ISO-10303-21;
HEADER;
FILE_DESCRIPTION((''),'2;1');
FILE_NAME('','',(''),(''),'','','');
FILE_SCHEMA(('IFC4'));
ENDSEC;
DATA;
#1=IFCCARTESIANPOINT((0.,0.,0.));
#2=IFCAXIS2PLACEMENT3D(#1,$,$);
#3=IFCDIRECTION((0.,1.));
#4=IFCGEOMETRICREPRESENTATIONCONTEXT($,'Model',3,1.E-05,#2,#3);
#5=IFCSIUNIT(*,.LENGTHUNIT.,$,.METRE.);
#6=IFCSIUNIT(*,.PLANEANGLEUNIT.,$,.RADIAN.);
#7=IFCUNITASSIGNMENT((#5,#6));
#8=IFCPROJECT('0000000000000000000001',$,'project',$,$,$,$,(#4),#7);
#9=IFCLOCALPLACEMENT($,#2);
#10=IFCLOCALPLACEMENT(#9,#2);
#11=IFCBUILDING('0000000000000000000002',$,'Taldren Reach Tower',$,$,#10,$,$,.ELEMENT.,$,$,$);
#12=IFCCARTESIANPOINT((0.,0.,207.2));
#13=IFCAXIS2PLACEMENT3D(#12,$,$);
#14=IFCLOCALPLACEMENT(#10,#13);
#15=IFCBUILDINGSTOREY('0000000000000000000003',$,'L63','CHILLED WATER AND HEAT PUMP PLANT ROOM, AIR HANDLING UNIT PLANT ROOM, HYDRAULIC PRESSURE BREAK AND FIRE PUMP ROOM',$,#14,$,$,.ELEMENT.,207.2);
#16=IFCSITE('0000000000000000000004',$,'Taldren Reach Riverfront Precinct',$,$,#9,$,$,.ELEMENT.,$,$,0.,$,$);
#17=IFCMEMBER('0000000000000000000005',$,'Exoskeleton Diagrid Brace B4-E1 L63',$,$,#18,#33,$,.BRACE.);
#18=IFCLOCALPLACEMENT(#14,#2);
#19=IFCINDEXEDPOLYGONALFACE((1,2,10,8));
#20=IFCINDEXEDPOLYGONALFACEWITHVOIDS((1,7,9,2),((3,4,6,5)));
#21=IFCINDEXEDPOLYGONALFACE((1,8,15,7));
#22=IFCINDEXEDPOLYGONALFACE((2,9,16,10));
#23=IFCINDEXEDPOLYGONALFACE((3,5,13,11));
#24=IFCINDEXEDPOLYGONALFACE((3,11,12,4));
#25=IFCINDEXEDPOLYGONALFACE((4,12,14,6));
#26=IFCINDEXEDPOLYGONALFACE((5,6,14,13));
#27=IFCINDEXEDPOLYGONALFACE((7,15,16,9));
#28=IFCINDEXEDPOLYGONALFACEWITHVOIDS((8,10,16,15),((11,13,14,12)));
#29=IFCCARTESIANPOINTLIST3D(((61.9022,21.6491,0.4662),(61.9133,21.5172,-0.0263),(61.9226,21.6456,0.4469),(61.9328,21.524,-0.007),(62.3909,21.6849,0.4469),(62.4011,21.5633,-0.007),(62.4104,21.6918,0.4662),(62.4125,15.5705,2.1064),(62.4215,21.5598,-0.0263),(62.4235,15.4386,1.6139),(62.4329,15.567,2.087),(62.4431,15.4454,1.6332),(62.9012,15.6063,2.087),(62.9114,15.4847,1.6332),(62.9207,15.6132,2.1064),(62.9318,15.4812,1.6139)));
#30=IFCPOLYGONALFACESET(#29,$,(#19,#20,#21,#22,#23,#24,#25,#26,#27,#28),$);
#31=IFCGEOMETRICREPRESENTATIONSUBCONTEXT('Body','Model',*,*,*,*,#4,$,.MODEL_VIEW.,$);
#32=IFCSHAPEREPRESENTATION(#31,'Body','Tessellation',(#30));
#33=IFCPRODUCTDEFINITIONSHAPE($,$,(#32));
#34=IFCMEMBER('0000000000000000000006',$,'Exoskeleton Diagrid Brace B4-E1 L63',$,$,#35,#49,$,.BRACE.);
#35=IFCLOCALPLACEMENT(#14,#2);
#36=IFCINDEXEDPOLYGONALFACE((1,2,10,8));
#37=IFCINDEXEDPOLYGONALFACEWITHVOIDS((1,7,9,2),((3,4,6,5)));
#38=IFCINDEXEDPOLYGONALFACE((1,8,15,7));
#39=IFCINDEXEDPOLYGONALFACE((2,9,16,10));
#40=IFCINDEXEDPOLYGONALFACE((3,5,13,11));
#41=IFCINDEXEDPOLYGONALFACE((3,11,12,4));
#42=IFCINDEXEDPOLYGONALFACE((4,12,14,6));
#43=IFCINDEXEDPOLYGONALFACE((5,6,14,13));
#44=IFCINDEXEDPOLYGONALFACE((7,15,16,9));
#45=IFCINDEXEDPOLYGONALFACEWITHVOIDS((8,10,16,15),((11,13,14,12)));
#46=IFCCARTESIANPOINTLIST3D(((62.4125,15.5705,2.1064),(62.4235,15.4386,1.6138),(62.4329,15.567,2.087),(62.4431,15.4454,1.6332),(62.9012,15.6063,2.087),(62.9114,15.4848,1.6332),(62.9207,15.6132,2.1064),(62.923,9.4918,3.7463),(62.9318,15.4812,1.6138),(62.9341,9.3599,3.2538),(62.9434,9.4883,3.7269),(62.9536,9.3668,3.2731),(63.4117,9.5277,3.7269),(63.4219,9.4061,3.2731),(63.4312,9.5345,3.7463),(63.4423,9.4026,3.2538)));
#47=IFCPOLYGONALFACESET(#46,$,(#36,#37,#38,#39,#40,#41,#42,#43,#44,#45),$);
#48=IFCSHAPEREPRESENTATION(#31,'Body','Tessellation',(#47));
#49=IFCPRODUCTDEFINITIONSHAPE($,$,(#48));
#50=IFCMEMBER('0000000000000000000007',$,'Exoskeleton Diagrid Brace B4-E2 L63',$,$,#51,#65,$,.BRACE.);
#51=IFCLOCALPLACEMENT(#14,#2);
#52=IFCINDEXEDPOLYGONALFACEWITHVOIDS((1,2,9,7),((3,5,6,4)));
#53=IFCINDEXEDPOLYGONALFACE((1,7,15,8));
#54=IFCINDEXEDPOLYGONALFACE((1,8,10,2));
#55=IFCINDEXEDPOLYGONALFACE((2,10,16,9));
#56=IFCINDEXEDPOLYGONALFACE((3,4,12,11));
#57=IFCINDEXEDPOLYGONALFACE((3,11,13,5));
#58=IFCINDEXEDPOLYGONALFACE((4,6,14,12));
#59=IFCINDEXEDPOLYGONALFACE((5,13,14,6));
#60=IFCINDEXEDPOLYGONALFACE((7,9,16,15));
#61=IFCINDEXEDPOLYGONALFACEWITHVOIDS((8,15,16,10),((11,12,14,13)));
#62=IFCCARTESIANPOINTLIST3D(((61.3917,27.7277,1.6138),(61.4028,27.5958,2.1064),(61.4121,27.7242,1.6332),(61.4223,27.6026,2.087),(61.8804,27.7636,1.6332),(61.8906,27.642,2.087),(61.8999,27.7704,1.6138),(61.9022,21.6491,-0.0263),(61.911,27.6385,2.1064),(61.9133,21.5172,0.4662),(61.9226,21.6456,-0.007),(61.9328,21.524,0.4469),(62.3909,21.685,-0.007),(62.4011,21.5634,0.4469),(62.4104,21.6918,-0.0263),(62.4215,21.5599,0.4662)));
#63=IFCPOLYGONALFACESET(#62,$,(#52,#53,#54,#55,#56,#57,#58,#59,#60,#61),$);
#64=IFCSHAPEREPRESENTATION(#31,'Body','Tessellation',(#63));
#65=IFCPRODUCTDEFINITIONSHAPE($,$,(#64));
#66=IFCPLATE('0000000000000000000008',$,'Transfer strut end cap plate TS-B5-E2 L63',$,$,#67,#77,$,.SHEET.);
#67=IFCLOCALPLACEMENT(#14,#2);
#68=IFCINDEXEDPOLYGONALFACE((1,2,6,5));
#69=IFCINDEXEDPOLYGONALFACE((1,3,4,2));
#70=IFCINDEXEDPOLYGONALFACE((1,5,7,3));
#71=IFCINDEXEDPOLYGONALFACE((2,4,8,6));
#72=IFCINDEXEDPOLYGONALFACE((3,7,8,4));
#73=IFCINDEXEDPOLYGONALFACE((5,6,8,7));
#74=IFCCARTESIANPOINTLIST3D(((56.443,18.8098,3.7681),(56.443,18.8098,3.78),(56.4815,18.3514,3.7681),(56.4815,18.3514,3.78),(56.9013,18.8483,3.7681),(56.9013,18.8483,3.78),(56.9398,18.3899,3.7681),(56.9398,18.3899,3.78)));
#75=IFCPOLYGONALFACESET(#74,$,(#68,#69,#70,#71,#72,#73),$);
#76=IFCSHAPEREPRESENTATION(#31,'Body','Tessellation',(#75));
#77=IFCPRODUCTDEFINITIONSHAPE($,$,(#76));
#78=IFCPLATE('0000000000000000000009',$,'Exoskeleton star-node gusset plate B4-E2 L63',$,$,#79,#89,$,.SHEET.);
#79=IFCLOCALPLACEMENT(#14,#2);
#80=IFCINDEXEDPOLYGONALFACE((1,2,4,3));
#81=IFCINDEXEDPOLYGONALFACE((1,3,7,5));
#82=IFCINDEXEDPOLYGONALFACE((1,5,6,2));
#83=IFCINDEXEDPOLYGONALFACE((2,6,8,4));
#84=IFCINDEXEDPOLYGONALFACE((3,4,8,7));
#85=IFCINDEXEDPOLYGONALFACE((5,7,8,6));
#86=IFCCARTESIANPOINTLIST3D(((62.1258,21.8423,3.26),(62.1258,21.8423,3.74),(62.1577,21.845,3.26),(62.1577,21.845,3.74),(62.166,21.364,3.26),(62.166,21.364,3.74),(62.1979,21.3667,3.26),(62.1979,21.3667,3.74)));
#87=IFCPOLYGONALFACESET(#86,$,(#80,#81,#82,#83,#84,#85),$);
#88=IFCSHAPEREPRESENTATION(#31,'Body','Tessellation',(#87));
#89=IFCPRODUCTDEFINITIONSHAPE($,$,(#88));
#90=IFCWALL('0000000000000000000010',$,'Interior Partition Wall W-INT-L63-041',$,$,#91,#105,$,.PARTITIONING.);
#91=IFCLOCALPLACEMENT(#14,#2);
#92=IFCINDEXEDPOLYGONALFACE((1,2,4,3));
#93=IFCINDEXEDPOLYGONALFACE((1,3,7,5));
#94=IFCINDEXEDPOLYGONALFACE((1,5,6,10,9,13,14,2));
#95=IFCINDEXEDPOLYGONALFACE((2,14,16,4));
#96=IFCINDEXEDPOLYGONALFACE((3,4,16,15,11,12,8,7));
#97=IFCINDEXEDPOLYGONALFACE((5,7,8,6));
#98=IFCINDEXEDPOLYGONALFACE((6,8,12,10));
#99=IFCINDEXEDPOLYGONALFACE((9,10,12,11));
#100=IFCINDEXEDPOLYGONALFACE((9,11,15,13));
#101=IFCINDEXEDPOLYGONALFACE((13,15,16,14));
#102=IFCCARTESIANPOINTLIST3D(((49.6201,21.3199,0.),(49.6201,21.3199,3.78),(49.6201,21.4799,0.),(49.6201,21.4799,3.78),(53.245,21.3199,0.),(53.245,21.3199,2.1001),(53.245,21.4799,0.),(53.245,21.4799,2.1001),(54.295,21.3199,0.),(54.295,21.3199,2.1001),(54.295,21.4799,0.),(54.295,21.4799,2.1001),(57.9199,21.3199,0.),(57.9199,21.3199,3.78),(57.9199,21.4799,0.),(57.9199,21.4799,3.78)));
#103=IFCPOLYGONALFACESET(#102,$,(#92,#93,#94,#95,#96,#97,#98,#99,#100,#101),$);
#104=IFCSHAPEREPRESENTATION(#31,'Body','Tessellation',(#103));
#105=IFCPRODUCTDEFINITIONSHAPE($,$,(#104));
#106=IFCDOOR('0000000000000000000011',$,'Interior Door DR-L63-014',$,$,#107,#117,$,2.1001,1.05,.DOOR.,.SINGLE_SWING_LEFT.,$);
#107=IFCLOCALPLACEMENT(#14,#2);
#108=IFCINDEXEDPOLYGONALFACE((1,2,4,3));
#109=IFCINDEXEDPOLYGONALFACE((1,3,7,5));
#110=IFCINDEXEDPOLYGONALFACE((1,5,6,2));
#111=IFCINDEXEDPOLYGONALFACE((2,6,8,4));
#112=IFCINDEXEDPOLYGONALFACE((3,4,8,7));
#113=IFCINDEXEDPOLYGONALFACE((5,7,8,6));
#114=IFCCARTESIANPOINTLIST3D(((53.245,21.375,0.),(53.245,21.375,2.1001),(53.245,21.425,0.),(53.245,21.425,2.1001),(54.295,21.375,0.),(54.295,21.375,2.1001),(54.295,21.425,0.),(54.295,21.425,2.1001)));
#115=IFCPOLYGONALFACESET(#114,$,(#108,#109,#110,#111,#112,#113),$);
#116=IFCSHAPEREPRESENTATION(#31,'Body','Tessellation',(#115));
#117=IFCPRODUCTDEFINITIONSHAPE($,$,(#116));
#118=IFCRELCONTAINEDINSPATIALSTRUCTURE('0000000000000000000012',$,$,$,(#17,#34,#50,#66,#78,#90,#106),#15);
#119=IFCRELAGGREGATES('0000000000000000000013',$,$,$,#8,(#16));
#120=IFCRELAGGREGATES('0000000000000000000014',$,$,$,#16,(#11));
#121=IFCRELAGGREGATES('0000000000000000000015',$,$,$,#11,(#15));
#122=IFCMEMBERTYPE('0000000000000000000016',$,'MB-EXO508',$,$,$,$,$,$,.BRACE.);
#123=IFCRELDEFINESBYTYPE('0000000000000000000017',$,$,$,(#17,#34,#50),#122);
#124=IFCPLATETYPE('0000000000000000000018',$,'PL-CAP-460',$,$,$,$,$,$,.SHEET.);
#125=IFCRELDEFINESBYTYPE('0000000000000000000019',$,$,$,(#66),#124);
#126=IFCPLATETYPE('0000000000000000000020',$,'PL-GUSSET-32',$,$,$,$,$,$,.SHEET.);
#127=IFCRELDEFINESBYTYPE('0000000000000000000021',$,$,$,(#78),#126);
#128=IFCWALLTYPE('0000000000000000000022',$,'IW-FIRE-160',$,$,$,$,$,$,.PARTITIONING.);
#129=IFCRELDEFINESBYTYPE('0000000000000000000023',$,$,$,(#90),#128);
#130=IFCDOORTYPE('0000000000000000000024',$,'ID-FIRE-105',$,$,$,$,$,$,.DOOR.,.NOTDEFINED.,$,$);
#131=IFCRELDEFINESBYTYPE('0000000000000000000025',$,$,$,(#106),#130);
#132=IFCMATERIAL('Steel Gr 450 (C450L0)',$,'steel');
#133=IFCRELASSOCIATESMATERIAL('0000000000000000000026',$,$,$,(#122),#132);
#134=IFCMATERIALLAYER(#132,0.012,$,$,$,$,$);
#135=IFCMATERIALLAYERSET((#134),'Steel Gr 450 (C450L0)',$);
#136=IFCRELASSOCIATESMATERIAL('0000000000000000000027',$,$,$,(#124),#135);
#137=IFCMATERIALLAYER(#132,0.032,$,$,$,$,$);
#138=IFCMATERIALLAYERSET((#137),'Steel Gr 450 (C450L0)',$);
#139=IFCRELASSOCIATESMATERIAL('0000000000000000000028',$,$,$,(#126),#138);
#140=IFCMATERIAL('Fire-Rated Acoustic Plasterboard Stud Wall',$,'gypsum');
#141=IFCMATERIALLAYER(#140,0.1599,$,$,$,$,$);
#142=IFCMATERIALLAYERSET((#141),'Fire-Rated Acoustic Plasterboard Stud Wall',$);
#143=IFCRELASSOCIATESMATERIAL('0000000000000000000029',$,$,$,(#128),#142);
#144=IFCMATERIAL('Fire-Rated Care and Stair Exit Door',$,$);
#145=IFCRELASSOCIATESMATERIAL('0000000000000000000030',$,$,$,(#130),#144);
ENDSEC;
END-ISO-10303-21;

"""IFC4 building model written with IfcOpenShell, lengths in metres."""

from ifc_helpers import new_model, si_unit, direction, frame, frame_2d, origin, origin_2d, place, context, subcontext, project, spatial, rectangle, hollow_rectangle, extrude, source, transform, mapped, material, layer, layer_set, material_profile, profile_set, type_object, element, fill, save


model = new_model("IFC4")

# Units and contexts
model_context = context("Model", 3, precision=1e-05, world=origin(), true_north=direction((0.0, 1.0)))
body_context = subcontext(model_context, "Body", "Model", "MODEL_VIEW")
ifc_project = project(units=[si_unit("LENGTHUNIT", "METRE"), si_unit("PLANEANGLEUNIT", "RADIAN")], contexts=[model_context])

# Site, building, storey
site_placement = place(None, origin())
site = spatial("IfcSite", under=ifc_project, at=site_placement, Name="Taldren Reach Riverfront Precinct", CompositionType="ELEMENT", RefElevation=0.0)
building_placement = place(site_placement, origin())
building = spatial("IfcBuilding", under=site, at=building_placement, Name="Taldren Reach Tower", CompositionType="ELEMENT")
storey_placement = place(building_placement, frame((0.0, 0.0, 207.2)))
storey = spatial("IfcBuildingStorey", under=building, at=storey_placement, Name="L63", Description="CHILLED WATER AND HEAT PUMP PLANT ROOM, AIR HANDLING UNIT PLANT ROOM, HYDRAULIC PRESSURE BREAK AND FIRE PUMP ROOM", CompositionType="ELEMENT", Elevation=207.2)

# Shared definitions
ifc_material_1 = material(Name="Steel Gr 450 (C450L0)", Category="steel")

# Shared definitions
ifc_material_profile_1 = material_profile(ifc_material_1, hollow_rectangle(XDim=0.51, YDim=0.51, WallThickness=0.02, at=origin_2d()), Name="510x510x20.0SHS")
ifc_profile_set_1 = profile_set([ifc_material_profile_1], Name="Steel Gr 450 (C450L0)")
member_type_1 = type_object("IfcMemberType", Name="MB-EXO508", PredefinedType="BRACE", material=ifc_profile_set_1)

# Members
shared_shape_1 = source(origin(), body_context, "Body", "SweptSolid", [
    extrude(hollow_rectangle(XDim=0.51, YDim=0.51, WallThickness=0.02, at=origin_2d()), origin(), (0.0, 0.0, 1.0), 6.3167),
])
for number, where, z_axis, x_axis, name in (
    (1, (62.1619, 21.6045, 0.22), (0.080779, -0.962317, 0.259653), (0.996495, 0.083648, 0.0), "Exoskeleton Diagrid Brace B4-E1 L63"),
    (2, (62.6721, 15.5259, 1.8601), (0.080819, -0.962324, 0.259616), (0.996492, 0.083688, 0.0), "Exoskeleton Diagrid Brace B4-E1 L63"),
    (3, (62.1619, 21.6045, 0.22), (-0.080818, 0.962314, 0.259653), (-0.996492, -0.083688, 0.0), "Exoskeleton Diagrid Brace B4-E2 L63"),
):
    element("IfcMember", number, at=place(storey_placement, frame(where, z_axis=z_axis, x_axis=x_axis)), inside=storey, type_object=member_type_1, Name=name, PredefinedType="BRACE", context=body_context, shape_type="MappedRepresentation", body=[
        mapped(shared_shape_1, transform((0.0, 0.0, 0.0), scale=1.0)),
    ])

# Plates
ifc_layer_1 = layer(ifc_material_1, 0.012)
ifc_layer_set_1 = layer_set([ifc_layer_1], Name="Steel Gr 450 (C450L0)")
plate_type_1 = type_object("IfcPlateType", Name="PL-CAP-460", PredefinedType="SHEET", material=ifc_layer_set_1)
shared_shape_2 = source(origin(), body_context, "Body", "SweptSolid", [
    extrude(rectangle(XDim=0.46, YDim=0.46, at=origin_2d()), origin(), (0.0, 0.0, 1.0), 0.012),
])
plate_1_placement = place(storey_placement, frame((56.6914, 18.5999, 3.7681), z_axis=(0.0, 0.0, 1.0), x_axis=(0.996493, 0.083678, 0.0)))
element("IfcPlate", 4, at=plate_1_placement, inside=storey, type_object=plate_type_1, Name="Transfer strut end cap plate TS-B5-E2 L63", PredefinedType="SHEET", context=body_context, shape_type="MappedRepresentation", body=[
    mapped(shared_shape_2, transform((0.0, 0.0, 0.0), scale=1.0)),
])
ifc_layer_2 = layer(ifc_material_1, 0.032)
ifc_layer_set_2 = layer_set([ifc_layer_2], Name="Steel Gr 450 (C450L0)")
plate_type_2 = type_object("IfcPlateType", Name="PL-GUSSET-32", PredefinedType="SHEET", material=ifc_layer_set_2)
shared_shape_3 = source(origin(), body_context, "Body", "SweptSolid", [
    extrude(rectangle(XDim=0.48, YDim=0.032, at=origin_2d()), origin(), (0.0, 0.0, 1.0), 0.48),
])
plate_2_placement = place(storey_placement, frame((62.1619, 21.6045, 3.26), z_axis=(0.0, 0.0, 1.0), x_axis=(-0.083678, 0.996493, 0.0)))
element("IfcPlate", 5, at=plate_2_placement, inside=storey, type_object=plate_type_2, Name="Exoskeleton star-node gusset plate B4-E2 L63", PredefinedType="SHEET", context=body_context, shape_type="MappedRepresentation", body=[
    mapped(shared_shape_3, transform((0.0, 0.0, 0.0), scale=1.0)),
])

# Wall, opening, door
ifc_material_2 = material(Name="Fire-Rated Acoustic Plasterboard Stud Wall", Category="gypsum")
ifc_layer_3 = layer(ifc_material_2, 0.1599)
ifc_layer_set_3 = layer_set([ifc_layer_3], Name="Fire-Rated Acoustic Plasterboard Stud Wall")
wall_type = type_object("IfcWallType", Name="IW-FIRE-160", PredefinedType="PARTITIONING", material=ifc_layer_set_3)
shared_shape_4 = source(origin(), body_context, "Body", "SweptSolid", [
    extrude(rectangle(XDim=8.2998, YDim=0.1599, at=frame_2d((4.1499, 0.0))), origin(), (0.0, 0.0, 1.0), 3.78),
])
wall_placement = place(storey_placement, frame((57.9199, 21.3999, 0.0), z_axis=(0.0, 0.0, 1.0), x_axis=(-1.0, 0.0, 0.0)))
wall = element("IfcWall", 6, at=wall_placement, inside=storey, type_object=wall_type, Name="Interior Partition Wall W-INT-L63-041", PredefinedType="PARTITIONING", context=body_context, shape_type="MappedRepresentation", body=[
    mapped(shared_shape_4, transform((0.0, 0.0, 0.0), scale=1.0)),
])
shared_shape_5 = source(origin(), body_context, "Body", "SweptSolid", [
    extrude(rectangle(XDim=1.05, YDim=2.1001, at=frame_2d((0.5249, 1.05))), frame((0.0, 0.0898, 0.0), z_axis=(0.0, -1.0, 0.0), x_axis=(1.0, 0.0, 0.0)), (0.0, 0.0, 1.0), 0.1799),
])
opening_placement = place(wall_placement, frame((3.625, 0.0, 0.0)))
opening = element("IfcOpeningElement", 7, at=opening_placement, cuts=wall, PredefinedType="OPENING", context=body_context, shape_type="MappedRepresentation", body=[
    mapped(shared_shape_5, transform((0.0, 0.0, 0.0), scale=1.0)),
])
ifc_material_3 = material(Name="Fire-Rated Care and Stair Exit Door")
door_type = type_object("IfcDoorType", Name="ID-FIRE-105", OperationType="NOTDEFINED", PredefinedType="DOOR", material=ifc_material_3)
shared_shape_6 = source(origin(), body_context, "Body", "SweptSolid", [
    extrude(rectangle(XDim=1.05, YDim=2.1001, at=frame_2d((0.5249, 1.05))), frame((0.0, 0.0249, 0.0), z_axis=(0.0, -1.0, 0.0), x_axis=(1.0, 0.0, 0.0)), (0.0, 0.0, 1.0), 0.05),
])
door_placement = place(opening_placement, origin())
door = element("IfcDoor", 8, at=door_placement, inside=storey, type_object=door_type, Name="Interior Door DR-L63-014", OperationType="SINGLE_SWING_LEFT", OverallHeight=2.1001, OverallWidth=1.05, PredefinedType="DOOR", context=body_context, shape_type="MappedRepresentation", body=[
    mapped(shared_shape_6, transform((0.0, 0.0, 0.0), scale=1.0)),
])
fill(opening, door)

save(model, "model.ifc")
